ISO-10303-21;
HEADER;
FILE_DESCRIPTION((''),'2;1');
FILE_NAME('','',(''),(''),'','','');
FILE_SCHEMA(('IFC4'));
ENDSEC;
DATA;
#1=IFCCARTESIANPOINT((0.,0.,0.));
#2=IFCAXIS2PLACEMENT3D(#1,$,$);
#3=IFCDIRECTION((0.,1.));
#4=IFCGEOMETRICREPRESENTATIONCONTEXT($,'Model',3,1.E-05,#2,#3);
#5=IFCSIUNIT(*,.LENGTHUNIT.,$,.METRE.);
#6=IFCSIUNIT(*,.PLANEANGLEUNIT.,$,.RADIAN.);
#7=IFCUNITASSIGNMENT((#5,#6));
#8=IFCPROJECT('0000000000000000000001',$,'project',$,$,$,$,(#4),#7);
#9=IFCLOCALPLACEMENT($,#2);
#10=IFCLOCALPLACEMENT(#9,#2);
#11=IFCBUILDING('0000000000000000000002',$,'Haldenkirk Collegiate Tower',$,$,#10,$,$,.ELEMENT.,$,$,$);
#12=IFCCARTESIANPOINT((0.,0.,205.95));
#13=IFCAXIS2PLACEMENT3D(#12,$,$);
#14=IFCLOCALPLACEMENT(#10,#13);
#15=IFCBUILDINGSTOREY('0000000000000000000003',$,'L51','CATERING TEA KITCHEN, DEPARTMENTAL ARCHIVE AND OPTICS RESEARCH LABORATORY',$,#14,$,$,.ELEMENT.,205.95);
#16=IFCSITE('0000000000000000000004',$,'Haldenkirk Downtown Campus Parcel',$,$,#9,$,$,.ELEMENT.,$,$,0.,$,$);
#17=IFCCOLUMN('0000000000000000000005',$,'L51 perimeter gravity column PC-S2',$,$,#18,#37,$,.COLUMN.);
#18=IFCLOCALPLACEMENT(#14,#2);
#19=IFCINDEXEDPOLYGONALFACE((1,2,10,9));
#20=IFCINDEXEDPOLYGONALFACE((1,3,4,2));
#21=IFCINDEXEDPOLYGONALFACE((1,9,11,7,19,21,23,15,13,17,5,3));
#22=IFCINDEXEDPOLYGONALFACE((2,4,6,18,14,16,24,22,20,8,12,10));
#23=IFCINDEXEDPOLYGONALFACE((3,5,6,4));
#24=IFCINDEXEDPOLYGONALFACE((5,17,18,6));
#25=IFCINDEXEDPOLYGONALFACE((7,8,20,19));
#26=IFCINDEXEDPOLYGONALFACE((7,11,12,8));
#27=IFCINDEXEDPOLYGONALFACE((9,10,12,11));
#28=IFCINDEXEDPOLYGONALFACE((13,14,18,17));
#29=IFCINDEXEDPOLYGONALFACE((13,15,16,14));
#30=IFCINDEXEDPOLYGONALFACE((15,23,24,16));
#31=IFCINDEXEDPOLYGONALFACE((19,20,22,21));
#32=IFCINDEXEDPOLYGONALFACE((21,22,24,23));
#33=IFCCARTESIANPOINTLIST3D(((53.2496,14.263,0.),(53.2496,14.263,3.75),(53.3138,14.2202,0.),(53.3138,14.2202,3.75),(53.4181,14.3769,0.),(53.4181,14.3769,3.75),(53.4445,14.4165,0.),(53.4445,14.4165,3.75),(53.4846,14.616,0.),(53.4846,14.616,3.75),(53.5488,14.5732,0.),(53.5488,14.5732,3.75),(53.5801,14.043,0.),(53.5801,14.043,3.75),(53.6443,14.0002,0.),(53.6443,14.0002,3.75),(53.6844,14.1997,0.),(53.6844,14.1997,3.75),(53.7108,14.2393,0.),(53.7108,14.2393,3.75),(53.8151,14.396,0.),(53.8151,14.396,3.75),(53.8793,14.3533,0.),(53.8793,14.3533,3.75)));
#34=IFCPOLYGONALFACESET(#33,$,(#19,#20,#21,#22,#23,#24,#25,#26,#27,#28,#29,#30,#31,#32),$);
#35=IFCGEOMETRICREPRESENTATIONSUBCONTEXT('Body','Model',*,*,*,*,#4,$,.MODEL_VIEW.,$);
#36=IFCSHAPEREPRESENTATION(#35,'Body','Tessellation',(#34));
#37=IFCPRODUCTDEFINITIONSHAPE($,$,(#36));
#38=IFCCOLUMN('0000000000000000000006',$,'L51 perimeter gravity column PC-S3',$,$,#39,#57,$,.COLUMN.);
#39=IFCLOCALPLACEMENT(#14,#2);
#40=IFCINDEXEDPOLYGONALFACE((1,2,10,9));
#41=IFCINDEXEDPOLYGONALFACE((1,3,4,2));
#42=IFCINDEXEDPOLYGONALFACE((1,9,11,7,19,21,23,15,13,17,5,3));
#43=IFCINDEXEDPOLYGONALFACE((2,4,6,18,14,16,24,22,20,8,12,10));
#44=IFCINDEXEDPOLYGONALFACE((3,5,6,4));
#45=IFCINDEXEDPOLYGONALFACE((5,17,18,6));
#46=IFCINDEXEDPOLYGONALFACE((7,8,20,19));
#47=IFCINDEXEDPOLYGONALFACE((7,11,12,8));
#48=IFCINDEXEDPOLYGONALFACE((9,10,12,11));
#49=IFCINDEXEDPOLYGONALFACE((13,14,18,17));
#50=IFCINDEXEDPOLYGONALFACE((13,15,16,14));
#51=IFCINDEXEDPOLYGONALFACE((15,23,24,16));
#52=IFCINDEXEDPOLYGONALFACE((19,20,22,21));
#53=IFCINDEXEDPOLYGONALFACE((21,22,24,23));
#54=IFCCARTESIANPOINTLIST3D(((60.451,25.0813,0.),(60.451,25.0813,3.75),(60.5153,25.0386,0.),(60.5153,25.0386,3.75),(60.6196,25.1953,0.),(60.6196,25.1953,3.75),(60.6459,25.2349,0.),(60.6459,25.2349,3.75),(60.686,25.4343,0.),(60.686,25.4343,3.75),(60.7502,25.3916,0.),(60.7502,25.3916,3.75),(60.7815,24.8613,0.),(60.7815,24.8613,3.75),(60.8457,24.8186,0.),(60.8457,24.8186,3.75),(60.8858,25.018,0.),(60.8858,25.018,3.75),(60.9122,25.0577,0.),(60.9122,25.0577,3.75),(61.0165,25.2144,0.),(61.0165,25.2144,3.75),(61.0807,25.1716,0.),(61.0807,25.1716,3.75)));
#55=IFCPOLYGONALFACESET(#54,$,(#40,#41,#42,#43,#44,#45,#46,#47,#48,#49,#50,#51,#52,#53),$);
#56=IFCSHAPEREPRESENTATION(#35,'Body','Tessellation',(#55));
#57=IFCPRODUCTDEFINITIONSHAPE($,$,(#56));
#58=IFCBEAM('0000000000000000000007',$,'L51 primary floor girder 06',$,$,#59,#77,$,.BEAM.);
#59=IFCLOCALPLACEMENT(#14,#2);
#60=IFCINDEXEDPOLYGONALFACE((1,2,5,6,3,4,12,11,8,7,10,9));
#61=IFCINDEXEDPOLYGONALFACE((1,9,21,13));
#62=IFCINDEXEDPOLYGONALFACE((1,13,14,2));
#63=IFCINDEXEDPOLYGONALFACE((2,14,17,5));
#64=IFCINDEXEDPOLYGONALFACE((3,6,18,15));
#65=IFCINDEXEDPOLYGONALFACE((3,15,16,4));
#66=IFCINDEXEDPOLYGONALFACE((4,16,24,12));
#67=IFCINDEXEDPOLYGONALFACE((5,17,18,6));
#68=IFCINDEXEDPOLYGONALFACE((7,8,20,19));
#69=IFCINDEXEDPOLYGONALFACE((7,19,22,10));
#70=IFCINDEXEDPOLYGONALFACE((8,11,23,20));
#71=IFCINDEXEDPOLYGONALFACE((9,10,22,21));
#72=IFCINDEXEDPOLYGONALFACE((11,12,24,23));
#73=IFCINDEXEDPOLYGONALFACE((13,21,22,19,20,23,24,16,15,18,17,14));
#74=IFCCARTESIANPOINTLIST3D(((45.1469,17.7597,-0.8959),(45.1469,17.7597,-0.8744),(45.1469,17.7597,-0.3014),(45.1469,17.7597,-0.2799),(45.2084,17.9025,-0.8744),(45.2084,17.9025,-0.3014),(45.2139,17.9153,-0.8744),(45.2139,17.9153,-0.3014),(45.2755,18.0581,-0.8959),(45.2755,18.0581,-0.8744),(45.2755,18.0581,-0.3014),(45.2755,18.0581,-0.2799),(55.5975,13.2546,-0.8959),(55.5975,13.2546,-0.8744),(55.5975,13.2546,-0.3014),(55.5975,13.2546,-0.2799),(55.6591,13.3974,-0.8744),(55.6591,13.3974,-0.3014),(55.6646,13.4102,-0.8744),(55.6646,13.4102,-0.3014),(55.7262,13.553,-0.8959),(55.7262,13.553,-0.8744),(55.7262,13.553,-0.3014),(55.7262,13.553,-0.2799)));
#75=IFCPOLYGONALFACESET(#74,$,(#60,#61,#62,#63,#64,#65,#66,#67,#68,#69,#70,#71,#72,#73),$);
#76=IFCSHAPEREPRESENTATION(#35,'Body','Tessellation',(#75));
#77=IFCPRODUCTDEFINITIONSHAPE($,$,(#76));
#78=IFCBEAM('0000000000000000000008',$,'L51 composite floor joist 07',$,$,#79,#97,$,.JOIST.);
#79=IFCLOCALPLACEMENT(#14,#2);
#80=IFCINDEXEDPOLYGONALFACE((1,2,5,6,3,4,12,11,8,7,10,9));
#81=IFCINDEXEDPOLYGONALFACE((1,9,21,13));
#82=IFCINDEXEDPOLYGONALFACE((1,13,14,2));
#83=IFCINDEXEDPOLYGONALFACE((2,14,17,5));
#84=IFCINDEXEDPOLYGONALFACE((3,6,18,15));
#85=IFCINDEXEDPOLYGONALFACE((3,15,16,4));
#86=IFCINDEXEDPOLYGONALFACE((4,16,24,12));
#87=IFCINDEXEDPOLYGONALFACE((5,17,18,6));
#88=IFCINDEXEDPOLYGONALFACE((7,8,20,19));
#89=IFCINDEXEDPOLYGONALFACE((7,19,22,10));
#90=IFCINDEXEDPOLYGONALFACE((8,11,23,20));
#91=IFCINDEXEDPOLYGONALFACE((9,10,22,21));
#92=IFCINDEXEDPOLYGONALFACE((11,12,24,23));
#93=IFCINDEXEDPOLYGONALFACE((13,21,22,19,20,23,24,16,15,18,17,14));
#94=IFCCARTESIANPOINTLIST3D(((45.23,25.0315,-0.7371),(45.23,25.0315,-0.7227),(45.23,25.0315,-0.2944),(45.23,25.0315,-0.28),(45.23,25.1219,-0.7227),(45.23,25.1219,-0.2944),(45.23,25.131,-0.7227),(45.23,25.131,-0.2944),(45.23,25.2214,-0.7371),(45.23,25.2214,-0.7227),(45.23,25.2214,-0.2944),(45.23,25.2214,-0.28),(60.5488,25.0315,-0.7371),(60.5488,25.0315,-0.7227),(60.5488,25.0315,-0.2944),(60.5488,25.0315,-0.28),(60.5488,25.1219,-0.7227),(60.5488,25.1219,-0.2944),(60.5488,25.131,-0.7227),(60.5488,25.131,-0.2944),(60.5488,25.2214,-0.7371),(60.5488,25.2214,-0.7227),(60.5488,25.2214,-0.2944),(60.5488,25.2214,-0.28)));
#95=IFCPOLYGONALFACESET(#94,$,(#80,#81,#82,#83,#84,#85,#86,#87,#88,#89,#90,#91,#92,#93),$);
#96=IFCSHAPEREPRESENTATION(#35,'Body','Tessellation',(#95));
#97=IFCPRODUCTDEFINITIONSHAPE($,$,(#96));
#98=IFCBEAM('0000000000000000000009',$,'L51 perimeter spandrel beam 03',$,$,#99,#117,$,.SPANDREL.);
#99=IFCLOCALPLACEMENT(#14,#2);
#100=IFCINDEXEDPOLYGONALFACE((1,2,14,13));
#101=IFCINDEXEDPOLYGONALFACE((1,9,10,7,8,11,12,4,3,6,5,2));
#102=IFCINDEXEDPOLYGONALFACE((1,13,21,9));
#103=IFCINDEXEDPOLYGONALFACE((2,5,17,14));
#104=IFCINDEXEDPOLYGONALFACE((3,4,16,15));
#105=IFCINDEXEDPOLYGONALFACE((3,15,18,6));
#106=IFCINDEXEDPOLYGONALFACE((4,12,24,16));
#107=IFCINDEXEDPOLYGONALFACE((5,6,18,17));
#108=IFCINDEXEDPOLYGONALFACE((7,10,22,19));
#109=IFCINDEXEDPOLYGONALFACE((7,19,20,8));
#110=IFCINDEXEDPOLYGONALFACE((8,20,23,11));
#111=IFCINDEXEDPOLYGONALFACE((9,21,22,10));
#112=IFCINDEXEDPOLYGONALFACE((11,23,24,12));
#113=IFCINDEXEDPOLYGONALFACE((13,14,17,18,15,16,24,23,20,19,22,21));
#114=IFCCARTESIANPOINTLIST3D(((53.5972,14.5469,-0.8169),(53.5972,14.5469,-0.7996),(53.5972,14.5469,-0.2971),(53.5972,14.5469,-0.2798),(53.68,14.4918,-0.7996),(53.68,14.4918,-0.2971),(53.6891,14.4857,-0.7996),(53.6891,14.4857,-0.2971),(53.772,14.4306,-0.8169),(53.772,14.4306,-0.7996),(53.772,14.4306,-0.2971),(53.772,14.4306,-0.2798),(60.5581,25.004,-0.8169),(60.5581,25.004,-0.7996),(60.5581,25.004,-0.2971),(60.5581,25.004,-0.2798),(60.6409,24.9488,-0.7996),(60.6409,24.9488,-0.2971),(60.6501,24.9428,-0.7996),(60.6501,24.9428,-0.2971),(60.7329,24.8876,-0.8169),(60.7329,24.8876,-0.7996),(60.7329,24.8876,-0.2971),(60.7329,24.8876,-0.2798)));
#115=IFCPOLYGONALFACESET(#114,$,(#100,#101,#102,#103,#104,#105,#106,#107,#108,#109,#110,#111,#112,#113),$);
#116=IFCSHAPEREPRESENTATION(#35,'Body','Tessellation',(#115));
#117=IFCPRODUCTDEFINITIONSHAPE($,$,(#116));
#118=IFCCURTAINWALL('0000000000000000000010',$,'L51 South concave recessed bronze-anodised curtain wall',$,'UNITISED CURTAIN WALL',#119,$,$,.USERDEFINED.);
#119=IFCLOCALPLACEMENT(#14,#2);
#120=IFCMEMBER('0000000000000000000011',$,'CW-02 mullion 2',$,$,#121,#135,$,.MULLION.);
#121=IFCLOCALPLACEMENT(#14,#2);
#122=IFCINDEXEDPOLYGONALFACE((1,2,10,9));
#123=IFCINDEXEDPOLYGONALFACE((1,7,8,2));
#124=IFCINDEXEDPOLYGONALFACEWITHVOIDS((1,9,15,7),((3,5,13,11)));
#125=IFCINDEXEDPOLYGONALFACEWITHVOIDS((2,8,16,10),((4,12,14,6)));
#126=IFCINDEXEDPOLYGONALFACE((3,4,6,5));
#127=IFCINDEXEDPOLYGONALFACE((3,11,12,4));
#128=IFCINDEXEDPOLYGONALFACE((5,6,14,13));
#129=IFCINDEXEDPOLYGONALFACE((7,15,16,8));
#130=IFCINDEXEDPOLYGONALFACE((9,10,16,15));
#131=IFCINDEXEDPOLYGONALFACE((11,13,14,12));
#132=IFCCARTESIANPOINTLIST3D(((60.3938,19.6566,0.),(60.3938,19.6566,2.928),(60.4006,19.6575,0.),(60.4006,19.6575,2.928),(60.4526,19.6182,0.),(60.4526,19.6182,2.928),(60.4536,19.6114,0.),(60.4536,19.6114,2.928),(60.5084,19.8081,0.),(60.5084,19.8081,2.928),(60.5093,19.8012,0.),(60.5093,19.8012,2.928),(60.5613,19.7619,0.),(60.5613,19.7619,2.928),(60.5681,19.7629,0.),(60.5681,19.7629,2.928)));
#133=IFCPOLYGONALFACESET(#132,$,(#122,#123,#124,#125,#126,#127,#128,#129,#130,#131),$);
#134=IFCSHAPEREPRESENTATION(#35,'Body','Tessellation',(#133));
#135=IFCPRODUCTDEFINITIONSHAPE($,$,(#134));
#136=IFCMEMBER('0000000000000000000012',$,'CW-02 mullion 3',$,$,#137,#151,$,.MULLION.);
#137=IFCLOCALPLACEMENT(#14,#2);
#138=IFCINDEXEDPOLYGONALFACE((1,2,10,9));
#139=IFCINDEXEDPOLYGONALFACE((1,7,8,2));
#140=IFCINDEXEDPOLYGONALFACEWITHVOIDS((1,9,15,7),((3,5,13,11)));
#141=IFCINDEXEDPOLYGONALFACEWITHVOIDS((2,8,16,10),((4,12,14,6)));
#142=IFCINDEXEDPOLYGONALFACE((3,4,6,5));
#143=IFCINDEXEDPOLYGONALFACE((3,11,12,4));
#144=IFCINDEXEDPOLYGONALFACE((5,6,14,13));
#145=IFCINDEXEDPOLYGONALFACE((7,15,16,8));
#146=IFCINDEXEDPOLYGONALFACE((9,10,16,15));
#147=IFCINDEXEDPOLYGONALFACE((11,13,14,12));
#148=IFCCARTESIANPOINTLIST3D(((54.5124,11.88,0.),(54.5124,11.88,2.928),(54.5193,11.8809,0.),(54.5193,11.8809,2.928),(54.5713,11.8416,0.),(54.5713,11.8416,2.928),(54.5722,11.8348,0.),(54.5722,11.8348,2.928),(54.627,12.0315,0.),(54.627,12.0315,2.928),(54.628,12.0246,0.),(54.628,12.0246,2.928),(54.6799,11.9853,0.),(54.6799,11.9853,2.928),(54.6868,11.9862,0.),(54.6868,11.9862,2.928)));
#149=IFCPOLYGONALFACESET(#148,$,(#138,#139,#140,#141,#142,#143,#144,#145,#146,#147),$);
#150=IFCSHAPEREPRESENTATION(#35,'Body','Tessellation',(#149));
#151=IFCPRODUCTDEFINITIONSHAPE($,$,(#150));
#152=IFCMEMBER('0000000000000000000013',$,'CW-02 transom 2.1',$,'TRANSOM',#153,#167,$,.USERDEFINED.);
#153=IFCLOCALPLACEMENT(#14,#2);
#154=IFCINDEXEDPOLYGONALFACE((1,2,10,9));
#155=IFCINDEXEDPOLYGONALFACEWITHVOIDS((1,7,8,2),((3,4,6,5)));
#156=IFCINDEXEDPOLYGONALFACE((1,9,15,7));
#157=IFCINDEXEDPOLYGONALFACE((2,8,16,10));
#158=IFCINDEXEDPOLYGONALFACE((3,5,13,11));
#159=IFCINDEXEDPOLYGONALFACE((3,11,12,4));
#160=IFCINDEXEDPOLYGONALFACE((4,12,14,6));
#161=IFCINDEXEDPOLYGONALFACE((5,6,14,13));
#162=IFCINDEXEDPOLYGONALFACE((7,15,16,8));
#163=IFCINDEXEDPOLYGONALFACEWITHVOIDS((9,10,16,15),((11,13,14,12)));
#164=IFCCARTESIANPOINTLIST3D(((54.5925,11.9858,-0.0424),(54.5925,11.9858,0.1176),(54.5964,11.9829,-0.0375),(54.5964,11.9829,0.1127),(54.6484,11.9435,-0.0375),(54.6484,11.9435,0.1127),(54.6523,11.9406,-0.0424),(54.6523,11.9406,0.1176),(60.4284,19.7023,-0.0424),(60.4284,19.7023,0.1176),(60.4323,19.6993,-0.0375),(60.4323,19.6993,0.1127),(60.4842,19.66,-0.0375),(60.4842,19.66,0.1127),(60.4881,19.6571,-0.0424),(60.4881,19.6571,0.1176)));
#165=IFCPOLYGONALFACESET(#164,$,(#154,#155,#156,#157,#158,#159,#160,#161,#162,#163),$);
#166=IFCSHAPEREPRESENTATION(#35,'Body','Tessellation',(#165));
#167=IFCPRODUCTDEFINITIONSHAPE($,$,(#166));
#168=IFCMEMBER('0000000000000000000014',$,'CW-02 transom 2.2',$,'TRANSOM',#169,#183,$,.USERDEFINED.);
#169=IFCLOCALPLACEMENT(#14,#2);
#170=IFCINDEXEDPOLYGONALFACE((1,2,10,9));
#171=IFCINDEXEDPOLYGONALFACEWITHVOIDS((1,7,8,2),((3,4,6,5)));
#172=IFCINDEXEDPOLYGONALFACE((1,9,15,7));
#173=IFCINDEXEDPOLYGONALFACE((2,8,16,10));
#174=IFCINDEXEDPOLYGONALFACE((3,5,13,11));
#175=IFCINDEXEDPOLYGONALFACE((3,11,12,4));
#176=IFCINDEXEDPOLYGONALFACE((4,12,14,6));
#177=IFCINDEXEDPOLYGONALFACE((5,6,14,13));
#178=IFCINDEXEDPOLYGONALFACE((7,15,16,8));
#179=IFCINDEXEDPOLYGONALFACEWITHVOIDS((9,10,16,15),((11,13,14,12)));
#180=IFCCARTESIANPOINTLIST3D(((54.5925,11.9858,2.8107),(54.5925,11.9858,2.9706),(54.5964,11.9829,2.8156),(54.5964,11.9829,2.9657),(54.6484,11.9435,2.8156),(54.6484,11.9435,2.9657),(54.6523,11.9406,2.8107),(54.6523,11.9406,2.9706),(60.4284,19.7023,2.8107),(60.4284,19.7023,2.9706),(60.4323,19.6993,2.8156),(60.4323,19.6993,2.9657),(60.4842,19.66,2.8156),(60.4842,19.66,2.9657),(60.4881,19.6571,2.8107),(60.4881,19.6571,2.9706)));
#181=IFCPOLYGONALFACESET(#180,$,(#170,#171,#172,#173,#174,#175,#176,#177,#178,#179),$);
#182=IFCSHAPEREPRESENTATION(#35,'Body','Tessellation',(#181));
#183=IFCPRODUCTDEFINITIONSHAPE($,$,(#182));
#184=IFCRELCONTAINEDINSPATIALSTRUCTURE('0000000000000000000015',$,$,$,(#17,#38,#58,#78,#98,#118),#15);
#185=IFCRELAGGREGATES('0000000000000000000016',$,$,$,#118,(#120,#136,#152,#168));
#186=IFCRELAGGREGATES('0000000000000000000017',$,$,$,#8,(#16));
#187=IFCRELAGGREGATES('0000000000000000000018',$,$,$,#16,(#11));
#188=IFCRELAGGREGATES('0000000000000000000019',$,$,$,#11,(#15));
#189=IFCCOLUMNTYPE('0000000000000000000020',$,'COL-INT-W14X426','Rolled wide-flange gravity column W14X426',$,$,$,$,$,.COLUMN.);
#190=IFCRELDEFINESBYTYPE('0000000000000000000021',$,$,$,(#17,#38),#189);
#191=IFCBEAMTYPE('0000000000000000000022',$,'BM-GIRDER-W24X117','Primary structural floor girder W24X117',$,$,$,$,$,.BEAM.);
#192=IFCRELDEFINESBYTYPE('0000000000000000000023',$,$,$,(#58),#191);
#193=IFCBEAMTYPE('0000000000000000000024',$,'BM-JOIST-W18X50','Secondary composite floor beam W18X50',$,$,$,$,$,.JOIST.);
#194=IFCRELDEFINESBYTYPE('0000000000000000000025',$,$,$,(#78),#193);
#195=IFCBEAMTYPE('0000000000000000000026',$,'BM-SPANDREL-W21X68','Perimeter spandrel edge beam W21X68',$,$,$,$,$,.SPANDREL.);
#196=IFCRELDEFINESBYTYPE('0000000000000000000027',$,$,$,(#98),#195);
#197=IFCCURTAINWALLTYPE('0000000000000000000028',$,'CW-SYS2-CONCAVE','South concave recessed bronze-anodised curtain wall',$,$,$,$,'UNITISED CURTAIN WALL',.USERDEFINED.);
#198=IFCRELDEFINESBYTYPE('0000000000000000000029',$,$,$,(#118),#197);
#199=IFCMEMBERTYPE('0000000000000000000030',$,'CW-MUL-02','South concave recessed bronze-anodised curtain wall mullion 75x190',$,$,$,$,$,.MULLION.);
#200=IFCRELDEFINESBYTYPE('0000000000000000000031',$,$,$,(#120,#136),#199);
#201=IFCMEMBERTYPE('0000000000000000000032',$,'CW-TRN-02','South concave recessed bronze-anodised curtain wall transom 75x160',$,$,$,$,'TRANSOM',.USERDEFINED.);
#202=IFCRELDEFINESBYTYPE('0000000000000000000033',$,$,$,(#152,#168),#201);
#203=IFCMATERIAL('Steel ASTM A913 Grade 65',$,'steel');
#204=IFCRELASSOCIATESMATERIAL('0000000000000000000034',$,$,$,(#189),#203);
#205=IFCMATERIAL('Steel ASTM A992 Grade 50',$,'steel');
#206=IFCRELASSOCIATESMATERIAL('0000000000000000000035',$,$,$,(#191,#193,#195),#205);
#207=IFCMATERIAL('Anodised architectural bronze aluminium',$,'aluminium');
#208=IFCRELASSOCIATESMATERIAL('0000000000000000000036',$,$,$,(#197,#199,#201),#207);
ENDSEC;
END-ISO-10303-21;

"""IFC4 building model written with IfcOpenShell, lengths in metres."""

from ifc_helpers import new_model, si_unit, direction, frame, origin, origin_2d, place, context, subcontext, project, spatial, hollow_rectangle, i_section, extrude, material, material_profile, profile_set, type_object, element, aggregate, save


model = new_model("IFC4")

# Units and contexts
model_context = context("Model", 3, precision=1e-05, world=origin(), true_north=direction((0.0, 1.0)))
body_context = subcontext(model_context, "Body", "Model", "MODEL_VIEW")
ifc_project = project(units=[si_unit("LENGTHUNIT", "METRE"), si_unit("PLANEANGLEUNIT", "RADIAN")], contexts=[model_context])

# Site, building, storey
site_placement = place(None, origin())
site = spatial("IfcSite", under=ifc_project, at=site_placement, Name="Haldenkirk Downtown Campus Parcel", CompositionType="ELEMENT", RefElevation=0.0)
building_placement = place(site_placement, origin())
building = spatial("IfcBuilding", under=site, at=building_placement, Name="Haldenkirk Collegiate Tower", CompositionType="ELEMENT")
storey_placement = place(building_placement, frame((0.0, 0.0, 205.95)))
storey = spatial("IfcBuildingStorey", under=building, at=storey_placement, Name="L51", Description="CATERING TEA KITCHEN, DEPARTMENTAL ARCHIVE AND OPTICS RESEARCH LABORATORY", CompositionType="ELEMENT", Elevation=205.95)

# Columns
ifc_material_1 = material(Name="Steel ASTM A913 Grade 65", Category="steel")
ifc_material_profile_1 = material_profile(ifc_material_1, i_section(OverallWidth=0.4241, OverallDepth=0.4741, WebThickness=0.0476, FlangeThickness=0.0771, at=origin_2d()), Name="W14X426")
ifc_profile_set_1 = profile_set([ifc_material_profile_1], Name="Steel ASTM A913 Grade 65")
column_type = type_object("IfcColumnType", Name="COL-INT-W14X426", Description="Rolled wide-flange gravity column W14X426", PredefinedType="COLUMN", material=ifc_profile_set_1)
for number, where, z_axis, x_axis, name in (
    (1, (53.5645, 14.3081, 0.0), (0.0, 0.0, 1.0), (0.554118, 0.832438, 0.0), "L51 perimeter gravity column PC-S2"),
    (2, (60.7659, 25.1265, 0.0), (0.0, 0.0, 1.0), (0.554118, 0.832438, 0.0), "L51 perimeter gravity column PC-S3"),
):
    element("IfcColumn", number, at=place(storey_placement, frame(where, z_axis=z_axis, x_axis=x_axis)), inside=storey, type_object=column_type, Name=name, PredefinedType="COLUMN", context=body_context, shape_type="SweptSolid", body=[
        extrude(i_section(OverallWidth=0.4241, OverallDepth=0.4741, WebThickness=0.0476, FlangeThickness=0.0771, at=origin_2d()), origin(), (0.0, 0.0, 1.0), 3.75),
    ])

# Beams
ifc_material_2 = material(Name="Steel ASTM A992 Grade 50", Category="steel")
ifc_material_profile_2 = material_profile(ifc_material_2, i_section(OverallWidth=0.325, OverallDepth=0.616, WebThickness=0.0139, FlangeThickness=0.0215, at=origin_2d()), Name="W24X117")
ifc_profile_set_2 = profile_set([ifc_material_profile_2], Name="Steel ASTM A992 Grade 50")
beam_type_1 = type_object("IfcBeamType", Name="BM-GIRDER-W24X117", Description="Primary structural floor girder W24X117", PredefinedType="BEAM", material=ifc_profile_set_2)
beam_1_placement = place(storey_placement, frame((55.6619, 13.4038, -0.5879), z_axis=(-0.918307, 0.395868, 0.0), x_axis=(-0.395868, -0.918307, 0.0)))
element("IfcBeam", 3, at=beam_1_placement, inside=storey, type_object=beam_type_1, Name="L51 primary floor girder 06", PredefinedType="BEAM", context=body_context, shape_type="SweptSolid", body=[
    extrude(i_section(OverallWidth=0.325, OverallDepth=0.616, WebThickness=0.0139, FlangeThickness=0.0215, at=origin_2d()), origin(), (0.0, 0.0, 1.0), 11.3804),
])
ifc_material_profile_3 = material_profile(ifc_material_2, i_section(OverallWidth=0.1899, OverallDepth=0.457, WebThickness=0.009, FlangeThickness=0.0144, at=origin_2d()), Name="W18X50")
ifc_profile_set_3 = profile_set([ifc_material_profile_3], Name="Steel ASTM A992 Grade 50")
beam_type_2 = type_object("IfcBeamType", Name="BM-JOIST-W18X50", Description="Secondary composite floor beam W18X50", PredefinedType="JOIST", material=ifc_profile_set_3)
beam_2_placement = place(storey_placement, frame((60.5488, 25.1265, -0.5085), z_axis=(-1.0, 0.0, 0.0), x_axis=(0.0, -1.0, 0.0)))
element("IfcBeam", 4, at=beam_2_placement, inside=storey, type_object=beam_type_2, Name="L51 composite floor joist 07", PredefinedType="JOIST", context=body_context, shape_type="SweptSolid", body=[
    extrude(i_section(OverallWidth=0.1899, OverallDepth=0.457, WebThickness=0.009, FlangeThickness=0.0144, at=origin_2d()), origin(), (0.0, 0.0, 1.0), 15.3188),
])
ifc_material_profile_4 = material_profile(ifc_material_2, i_section(OverallWidth=0.21, OverallDepth=0.5371, WebThickness=0.011, FlangeThickness=0.0173, at=origin_2d()), Name="W21X68")
ifc_profile_set_4 = profile_set([ifc_material_profile_4], Name="Steel ASTM A992 Grade 50")
beam_type_3 = type_object("IfcBeamType", Name="BM-SPANDREL-W21X68", Description="Perimeter spandrel edge beam W21X68", PredefinedType="SPANDREL", material=ifc_profile_set_4)
beam_3_placement = place(storey_placement, frame((53.6846, 14.4888, -0.5483), z_axis=(0.554126, 0.832433, 0.0), x_axis=(-0.832433, 0.554126, 0.0)))
element("IfcBeam", 5, at=beam_3_placement, inside=storey, type_object=beam_type_3, Name="L51 perimeter spandrel beam 03", PredefinedType="SPANDREL", context=body_context, shape_type="SweptSolid", body=[
    extrude(i_section(OverallWidth=0.21, OverallDepth=0.5371, WebThickness=0.011, FlangeThickness=0.0173, at=origin_2d()), origin(), (0.0, 0.0, 1.0), 12.562),
])

# Curtain wall, members
ifc_material_3 = material(Name="Anodised architectural bronze aluminium", Category="aluminium")
curtain_wall_type = type_object("IfcCurtainWallType", Name="CW-SYS2-CONCAVE", Description="South concave recessed bronze-anodised curtain wall", ElementType="UNITISED CURTAIN WALL", PredefinedType="USERDEFINED", material=ifc_material_3)
curtain_wall_placement = place(storey_placement, origin())
curtain_wall = element("IfcCurtainWall", 6, at=curtain_wall_placement, inside=storey, type_object=curtain_wall_type, Name="L51 South concave recessed bronze-anodised curtain wall", ObjectType="UNITISED CURTAIN WALL", PredefinedType="USERDEFINED")
ifc_material_profile_5 = material_profile(ifc_material_3, hollow_rectangle(XDim=0.075, YDim=0.1899, WallThickness=0.0049, at=origin_2d()), Name="CW-MUL-02")
ifc_profile_set_5 = profile_set([ifc_material_profile_5], Name="Anodised architectural bronze aluminium")
member_type_1 = type_object("IfcMemberType", Name="CW-MUL-02", Description="South concave recessed bronze-anodised curtain wall mullion 75x190", PredefinedType="MULLION", material=ifc_profile_set_5)
member_1_placement = place(storey_placement, frame((60.481, 19.7097, 0.0), z_axis=(0.0, 0.0, 1.0), x_axis=(0.797584, -0.603207, 0.0)))
member_1 = element("IfcMember", 7, at=member_1_placement, type_object=member_type_1, Name="CW-02 mullion 2", PredefinedType="MULLION", context=body_context, shape_type="SweptSolid", body=[
    extrude(hollow_rectangle(XDim=0.075, YDim=0.1899, WallThickness=0.0049, at=origin_2d()), origin(), (0.0, 0.0, 1.0), 2.928),
])
member_2_placement = place(storey_placement, frame((54.5996, 11.9331, 0.0), z_axis=(0.0, 0.0, 1.0), x_axis=(0.797584, -0.603207, 0.0)))
member_2 = element("IfcMember", 8, at=member_2_placement, type_object=member_type_1, Name="CW-02 mullion 3", PredefinedType="MULLION", context=body_context, shape_type="SweptSolid", body=[
    extrude(hollow_rectangle(XDim=0.075, YDim=0.1899, WallThickness=0.0049, at=origin_2d()), origin(), (0.0, 0.0, 1.0), 2.928),
])
ifc_material_profile_6 = material_profile(ifc_material_3, hollow_rectangle(XDim=0.075, YDim=0.1599, WallThickness=0.0049, at=origin_2d()), Name="CW-TRN-02")
ifc_profile_set_6 = profile_set([ifc_material_profile_6], Name="Anodised architectural bronze aluminium")
member_type_2 = type_object("IfcMemberType", Name="CW-TRN-02", Description="South concave recessed bronze-anodised curtain wall transom 75x160", ElementType="TRANSOM", PredefinedType="USERDEFINED", material=ifc_profile_set_6)
member_3_placement = place(storey_placement, frame((60.4583, 19.6797, 0.0376), z_axis=(-0.603205, -0.797586, 0.0), x_axis=(0.797586, -0.603205, 0.0)))
member_3 = element("IfcMember", 9, at=member_3_placement, type_object=member_type_2, Name="CW-02 transom 2.1", ObjectType="TRANSOM", PredefinedType="USERDEFINED", context=body_context, shape_type="SweptSolid", body=[
    extrude(hollow_rectangle(XDim=0.075, YDim=0.1599, WallThickness=0.0049, at=origin_2d()), origin(), (0.0, 0.0, 1.0), 9.6748),
])
member_4_placement = place(storey_placement, frame((60.4583, 19.6797, 2.8906), z_axis=(-0.603205, -0.797586, 0.0), x_axis=(0.797586, -0.603205, 0.0)))
member_4 = element("IfcMember", 10, at=member_4_placement, type_object=member_type_2, Name="CW-02 transom 2.2", ObjectType="TRANSOM", PredefinedType="USERDEFINED", context=body_context, shape_type="SweptSolid", body=[
    extrude(hollow_rectangle(XDim=0.075, YDim=0.1599, WallThickness=0.0049, at=origin_2d()), origin(), (0.0, 0.0, 1.0), 9.6748),
])
aggregate(curtain_wall, [member_1, member_2, member_3, member_4])

save(model, "model.ifc")
